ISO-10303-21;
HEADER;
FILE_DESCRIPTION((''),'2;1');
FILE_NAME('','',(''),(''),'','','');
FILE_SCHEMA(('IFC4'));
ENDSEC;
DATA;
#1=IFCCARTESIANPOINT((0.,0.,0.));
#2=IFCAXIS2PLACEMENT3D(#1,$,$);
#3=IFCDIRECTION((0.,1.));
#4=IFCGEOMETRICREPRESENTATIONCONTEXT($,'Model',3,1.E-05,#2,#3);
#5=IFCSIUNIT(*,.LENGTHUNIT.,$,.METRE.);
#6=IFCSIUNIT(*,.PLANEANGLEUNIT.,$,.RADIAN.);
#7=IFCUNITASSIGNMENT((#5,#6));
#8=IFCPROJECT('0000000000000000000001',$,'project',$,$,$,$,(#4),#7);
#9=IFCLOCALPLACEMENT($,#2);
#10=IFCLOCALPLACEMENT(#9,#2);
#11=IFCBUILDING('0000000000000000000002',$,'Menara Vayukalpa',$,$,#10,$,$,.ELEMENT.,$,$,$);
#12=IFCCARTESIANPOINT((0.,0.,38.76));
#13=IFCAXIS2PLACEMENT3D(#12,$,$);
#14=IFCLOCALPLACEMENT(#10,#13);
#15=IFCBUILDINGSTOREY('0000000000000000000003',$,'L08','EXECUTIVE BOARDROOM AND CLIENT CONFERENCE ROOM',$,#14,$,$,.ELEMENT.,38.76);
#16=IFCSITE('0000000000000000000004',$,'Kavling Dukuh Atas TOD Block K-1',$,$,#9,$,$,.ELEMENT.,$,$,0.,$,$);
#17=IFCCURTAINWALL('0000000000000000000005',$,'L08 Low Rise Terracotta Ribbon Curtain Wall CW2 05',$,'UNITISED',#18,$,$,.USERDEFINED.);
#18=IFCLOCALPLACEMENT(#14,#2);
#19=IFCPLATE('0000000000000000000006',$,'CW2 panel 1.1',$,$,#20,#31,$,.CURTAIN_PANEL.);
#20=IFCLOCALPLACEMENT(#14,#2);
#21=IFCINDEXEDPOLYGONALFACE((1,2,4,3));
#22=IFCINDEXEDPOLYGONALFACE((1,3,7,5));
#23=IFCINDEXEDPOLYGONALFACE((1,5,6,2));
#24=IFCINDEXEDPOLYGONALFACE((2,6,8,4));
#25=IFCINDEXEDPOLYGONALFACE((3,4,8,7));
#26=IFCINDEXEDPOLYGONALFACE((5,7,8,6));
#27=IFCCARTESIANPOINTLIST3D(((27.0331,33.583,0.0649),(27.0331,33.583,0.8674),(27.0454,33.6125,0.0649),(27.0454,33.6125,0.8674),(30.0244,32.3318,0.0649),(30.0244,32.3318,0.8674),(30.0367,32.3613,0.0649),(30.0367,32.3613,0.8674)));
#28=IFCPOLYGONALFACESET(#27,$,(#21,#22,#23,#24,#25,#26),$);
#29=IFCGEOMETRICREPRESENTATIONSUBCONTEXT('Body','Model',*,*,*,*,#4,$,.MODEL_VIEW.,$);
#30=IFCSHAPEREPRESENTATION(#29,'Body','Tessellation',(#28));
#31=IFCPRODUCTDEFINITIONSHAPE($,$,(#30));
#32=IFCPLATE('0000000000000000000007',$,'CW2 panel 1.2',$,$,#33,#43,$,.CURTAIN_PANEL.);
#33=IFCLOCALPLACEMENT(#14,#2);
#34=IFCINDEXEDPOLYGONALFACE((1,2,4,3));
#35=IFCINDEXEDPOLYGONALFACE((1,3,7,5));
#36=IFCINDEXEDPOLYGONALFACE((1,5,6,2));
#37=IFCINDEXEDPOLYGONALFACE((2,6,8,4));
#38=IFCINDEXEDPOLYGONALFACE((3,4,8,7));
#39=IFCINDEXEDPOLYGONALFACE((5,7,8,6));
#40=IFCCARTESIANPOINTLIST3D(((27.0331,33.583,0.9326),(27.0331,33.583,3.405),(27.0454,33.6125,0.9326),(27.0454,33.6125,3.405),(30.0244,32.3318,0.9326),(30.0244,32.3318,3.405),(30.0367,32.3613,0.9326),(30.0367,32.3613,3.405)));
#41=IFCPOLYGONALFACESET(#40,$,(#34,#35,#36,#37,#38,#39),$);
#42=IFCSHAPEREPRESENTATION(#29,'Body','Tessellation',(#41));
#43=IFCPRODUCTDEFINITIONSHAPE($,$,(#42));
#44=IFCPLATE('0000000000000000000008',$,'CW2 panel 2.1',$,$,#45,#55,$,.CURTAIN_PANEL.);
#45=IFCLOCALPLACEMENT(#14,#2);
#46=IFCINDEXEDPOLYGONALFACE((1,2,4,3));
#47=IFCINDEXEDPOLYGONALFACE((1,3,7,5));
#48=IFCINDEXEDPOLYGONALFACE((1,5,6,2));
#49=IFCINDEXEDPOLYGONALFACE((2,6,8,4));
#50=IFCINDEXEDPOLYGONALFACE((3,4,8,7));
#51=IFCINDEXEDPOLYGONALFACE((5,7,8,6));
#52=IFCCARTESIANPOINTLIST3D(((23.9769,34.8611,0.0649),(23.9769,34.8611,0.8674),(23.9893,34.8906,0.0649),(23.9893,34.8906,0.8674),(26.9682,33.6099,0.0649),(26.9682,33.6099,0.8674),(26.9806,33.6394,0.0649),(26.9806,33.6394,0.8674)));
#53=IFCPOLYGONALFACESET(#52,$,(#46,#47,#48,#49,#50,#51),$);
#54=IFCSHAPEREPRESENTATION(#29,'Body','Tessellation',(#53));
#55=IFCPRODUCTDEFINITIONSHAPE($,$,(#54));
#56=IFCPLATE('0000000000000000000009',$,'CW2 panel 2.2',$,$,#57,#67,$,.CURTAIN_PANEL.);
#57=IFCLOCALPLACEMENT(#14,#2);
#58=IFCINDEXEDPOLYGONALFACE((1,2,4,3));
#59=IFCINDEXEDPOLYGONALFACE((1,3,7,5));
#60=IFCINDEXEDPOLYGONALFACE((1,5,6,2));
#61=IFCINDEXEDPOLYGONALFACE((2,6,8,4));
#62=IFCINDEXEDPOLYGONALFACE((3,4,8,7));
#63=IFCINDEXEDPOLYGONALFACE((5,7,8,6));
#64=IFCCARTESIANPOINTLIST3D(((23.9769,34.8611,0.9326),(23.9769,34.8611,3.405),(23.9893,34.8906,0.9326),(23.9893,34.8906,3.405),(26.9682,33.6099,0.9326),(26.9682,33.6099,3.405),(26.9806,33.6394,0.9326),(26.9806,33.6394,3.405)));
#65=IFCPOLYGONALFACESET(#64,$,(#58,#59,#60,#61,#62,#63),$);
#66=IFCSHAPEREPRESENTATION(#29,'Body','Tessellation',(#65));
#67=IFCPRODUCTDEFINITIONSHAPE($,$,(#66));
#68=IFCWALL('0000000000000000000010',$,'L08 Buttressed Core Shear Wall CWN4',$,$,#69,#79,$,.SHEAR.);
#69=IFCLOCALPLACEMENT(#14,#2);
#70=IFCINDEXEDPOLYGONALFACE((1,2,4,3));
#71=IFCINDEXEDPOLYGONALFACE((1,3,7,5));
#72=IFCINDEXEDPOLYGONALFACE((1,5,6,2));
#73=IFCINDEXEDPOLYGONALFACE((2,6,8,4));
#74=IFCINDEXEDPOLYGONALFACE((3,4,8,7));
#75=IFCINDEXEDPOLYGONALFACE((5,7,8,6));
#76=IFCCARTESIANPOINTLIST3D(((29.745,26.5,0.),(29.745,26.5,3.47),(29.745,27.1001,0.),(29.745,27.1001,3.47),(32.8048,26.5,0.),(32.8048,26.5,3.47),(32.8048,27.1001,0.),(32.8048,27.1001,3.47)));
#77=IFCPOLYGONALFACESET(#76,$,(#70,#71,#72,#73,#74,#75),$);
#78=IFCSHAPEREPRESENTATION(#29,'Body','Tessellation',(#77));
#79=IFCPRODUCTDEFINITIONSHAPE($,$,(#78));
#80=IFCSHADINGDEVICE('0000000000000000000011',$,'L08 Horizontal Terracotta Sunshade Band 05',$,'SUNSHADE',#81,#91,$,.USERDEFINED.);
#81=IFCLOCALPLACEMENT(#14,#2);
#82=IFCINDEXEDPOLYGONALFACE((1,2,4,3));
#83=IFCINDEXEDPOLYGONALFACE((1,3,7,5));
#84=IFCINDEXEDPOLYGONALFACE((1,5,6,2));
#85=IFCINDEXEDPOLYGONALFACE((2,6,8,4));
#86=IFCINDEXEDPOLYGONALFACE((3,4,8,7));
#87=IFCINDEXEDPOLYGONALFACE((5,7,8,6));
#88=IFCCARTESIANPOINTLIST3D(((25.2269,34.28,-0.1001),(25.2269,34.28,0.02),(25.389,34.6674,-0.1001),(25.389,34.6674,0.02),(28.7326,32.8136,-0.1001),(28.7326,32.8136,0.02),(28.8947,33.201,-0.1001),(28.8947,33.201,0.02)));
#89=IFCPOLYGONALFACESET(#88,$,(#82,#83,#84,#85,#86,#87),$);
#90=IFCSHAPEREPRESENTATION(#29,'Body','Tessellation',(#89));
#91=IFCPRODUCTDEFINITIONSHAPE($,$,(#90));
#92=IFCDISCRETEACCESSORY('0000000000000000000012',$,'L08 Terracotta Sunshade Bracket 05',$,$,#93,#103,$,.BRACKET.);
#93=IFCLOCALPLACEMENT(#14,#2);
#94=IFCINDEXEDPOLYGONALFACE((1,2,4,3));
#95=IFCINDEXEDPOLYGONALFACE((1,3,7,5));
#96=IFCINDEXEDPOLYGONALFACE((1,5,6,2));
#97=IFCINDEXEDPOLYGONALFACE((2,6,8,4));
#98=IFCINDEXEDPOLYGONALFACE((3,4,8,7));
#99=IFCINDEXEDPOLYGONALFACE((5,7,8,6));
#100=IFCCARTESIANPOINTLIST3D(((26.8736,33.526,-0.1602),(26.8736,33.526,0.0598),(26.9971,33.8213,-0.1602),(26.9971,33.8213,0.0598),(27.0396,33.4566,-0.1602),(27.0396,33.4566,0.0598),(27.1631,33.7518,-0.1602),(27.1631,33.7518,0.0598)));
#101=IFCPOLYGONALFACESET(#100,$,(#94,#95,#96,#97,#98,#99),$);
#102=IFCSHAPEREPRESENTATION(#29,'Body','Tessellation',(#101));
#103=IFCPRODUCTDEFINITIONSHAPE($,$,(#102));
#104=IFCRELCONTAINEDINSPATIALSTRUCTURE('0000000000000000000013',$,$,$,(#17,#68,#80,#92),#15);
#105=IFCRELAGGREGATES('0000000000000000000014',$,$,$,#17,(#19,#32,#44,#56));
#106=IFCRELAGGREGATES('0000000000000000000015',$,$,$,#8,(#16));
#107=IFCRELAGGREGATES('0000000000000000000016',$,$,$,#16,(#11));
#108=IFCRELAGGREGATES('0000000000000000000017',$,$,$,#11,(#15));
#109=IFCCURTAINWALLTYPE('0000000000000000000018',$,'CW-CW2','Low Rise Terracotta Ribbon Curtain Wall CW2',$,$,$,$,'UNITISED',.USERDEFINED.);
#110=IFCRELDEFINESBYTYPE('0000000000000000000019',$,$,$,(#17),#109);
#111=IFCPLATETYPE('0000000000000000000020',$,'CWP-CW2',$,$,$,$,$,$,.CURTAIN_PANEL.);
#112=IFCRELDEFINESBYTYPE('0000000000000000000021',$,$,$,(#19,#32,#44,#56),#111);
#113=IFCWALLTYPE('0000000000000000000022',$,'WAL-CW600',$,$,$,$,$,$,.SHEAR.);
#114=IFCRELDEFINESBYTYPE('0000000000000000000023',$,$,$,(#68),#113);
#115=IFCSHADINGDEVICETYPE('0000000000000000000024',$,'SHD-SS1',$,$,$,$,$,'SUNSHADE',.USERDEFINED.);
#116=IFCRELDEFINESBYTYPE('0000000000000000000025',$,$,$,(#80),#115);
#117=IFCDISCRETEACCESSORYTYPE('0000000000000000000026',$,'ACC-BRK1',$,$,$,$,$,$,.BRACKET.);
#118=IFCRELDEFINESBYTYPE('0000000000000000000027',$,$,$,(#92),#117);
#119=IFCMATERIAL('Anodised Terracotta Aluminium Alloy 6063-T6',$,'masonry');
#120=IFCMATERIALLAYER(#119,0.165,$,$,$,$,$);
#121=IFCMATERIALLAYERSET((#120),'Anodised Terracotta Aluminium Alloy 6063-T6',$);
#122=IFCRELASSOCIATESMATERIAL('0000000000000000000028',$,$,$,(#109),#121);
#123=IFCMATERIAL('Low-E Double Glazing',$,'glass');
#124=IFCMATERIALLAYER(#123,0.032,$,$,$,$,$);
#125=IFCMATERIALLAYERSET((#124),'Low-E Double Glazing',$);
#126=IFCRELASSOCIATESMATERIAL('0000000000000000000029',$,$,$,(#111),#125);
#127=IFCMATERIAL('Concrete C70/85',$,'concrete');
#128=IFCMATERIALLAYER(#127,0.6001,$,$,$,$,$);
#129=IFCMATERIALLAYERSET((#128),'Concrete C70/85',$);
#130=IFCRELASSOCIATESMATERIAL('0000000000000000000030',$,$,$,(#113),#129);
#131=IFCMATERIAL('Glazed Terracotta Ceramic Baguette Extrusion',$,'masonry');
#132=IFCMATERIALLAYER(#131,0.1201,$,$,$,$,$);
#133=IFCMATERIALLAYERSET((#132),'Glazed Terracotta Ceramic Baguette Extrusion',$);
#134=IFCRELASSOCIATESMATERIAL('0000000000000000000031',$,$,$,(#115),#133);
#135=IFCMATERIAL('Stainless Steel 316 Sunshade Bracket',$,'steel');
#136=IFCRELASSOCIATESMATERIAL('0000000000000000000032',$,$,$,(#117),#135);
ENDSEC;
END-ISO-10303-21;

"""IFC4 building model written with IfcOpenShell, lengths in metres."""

from ifc_helpers import new_model, si_unit, direction, frame, frame_2d, origin, origin_2d, place, context, subcontext, project, spatial, rectangle, extrude, material, layer, layer_set, type_object, element, aggregate, save


model = new_model("IFC4")

# Units and contexts
model_context = context("Model", 3, precision=1e-05, world=origin(), true_north=direction((0.0, 1.0)))
body_context = subcontext(model_context, "Body", "Model", "MODEL_VIEW")
ifc_project = project(units=[si_unit("LENGTHUNIT", "METRE"), si_unit("PLANEANGLEUNIT", "RADIAN")], contexts=[model_context])

# Site, building, storey
site_placement = place(None, origin())
site = spatial("IfcSite", under=ifc_project, at=site_placement, Name="Kavling Dukuh Atas TOD Block K-1", CompositionType="ELEMENT", RefElevation=0.0)
building_placement = place(site_placement, origin())
building = spatial("IfcBuilding", under=site, at=building_placement, Name="Menara Vayukalpa", CompositionType="ELEMENT")
storey_placement = place(building_placement, frame((0.0, 0.0, 38.76)))
storey = spatial("IfcBuildingStorey", under=building, at=storey_placement, Name="L08", Description="EXECUTIVE BOARDROOM AND CLIENT CONFERENCE ROOM", CompositionType="ELEMENT", Elevation=38.76)

# Shared definitions
ifc_material_1 = material(Name="Anodised Terracotta Aluminium Alloy 6063-T6", Category="masonry")
ifc_layer_1 = layer(ifc_material_1, 0.165)
ifc_layer_set_1 = layer_set([ifc_layer_1], Name="Anodised Terracotta Aluminium Alloy 6063-T6")
curtain_wall_type = type_object("IfcCurtainWallType", Name="CW-CW2", Description="Low Rise Terracotta Ribbon Curtain Wall CW2", ElementType="UNITISED", PredefinedType="USERDEFINED", material=ifc_layer_set_1)

# Curtain wall, plates
curtain_wall_1_placement = place(storey_placement, origin())
curtain_wall_1 = element("IfcCurtainWall", 1, at=curtain_wall_1_placement, inside=storey, type_object=curtain_wall_type, Name="L08 Low Rise Terracotta Ribbon Curtain Wall CW2 05", ObjectType="UNITISED", PredefinedType="USERDEFINED")
ifc_material_2 = material(Name="Low-E Double Glazing", Category="glass")
ifc_layer_2 = layer(ifc_material_2, 0.032)
ifc_layer_set_2 = layer_set([ifc_layer_2], Name="Low-E Double Glazing")
plate_type = type_object("IfcPlateType", Name="CWP-CW2", PredefinedType="CURTAIN_PANEL", material=ifc_layer_set_2)
plate_1_placement = place(storey_placement, frame((28.5349, 32.9722, 0.0649), z_axis=(0.0, 0.0, 1.0), x_axis=(-0.922543, 0.385895, 0.0)))
plate_1 = element("IfcPlate", 2, at=plate_1_placement, type_object=plate_type, Name="CW2 panel 1.1", PredefinedType="CURTAIN_PANEL", context=body_context, shape_type="SweptSolid", body=[
    extrude(rectangle(XDim=3.2424, YDim=0.032, at=origin_2d()), origin(), (0.0, 0.0, 1.0), 0.8025),
])
plate_2_placement = place(storey_placement, frame((28.5349, 32.9722, 0.9326), z_axis=(0.0, 0.0, 1.0), x_axis=(-0.922543, 0.385895, 0.0)))
plate_2 = element("IfcPlate", 3, at=plate_2_placement, type_object=plate_type, Name="CW2 panel 1.2", PredefinedType="CURTAIN_PANEL", context=body_context, shape_type="SweptSolid", body=[
    extrude(rectangle(XDim=3.2424, YDim=0.032, at=origin_2d()), origin(), (0.0, 0.0, 1.0), 2.4724),
])
plate_3_placement = place(storey_placement, frame((25.4788, 34.2502, 0.0649), z_axis=(0.0, 0.0, 1.0), x_axis=(-0.922543, 0.385895, 0.0)))
plate_3 = element("IfcPlate", 4, at=plate_3_placement, type_object=plate_type, Name="CW2 panel 2.1", PredefinedType="CURTAIN_PANEL", context=body_context, shape_type="SweptSolid", body=[
    extrude(rectangle(XDim=3.2424, YDim=0.032, at=origin_2d()), origin(), (0.0, 0.0, 1.0), 0.8025),
])
plate_4_placement = place(storey_placement, frame((25.4788, 34.2502, 0.9326), z_axis=(0.0, 0.0, 1.0), x_axis=(-0.922543, 0.385895, 0.0)))
plate_4 = element("IfcPlate", 5, at=plate_4_placement, type_object=plate_type, Name="CW2 panel 2.2", PredefinedType="CURTAIN_PANEL", context=body_context, shape_type="SweptSolid", body=[
    extrude(rectangle(XDim=3.2424, YDim=0.032, at=origin_2d()), origin(), (0.0, 0.0, 1.0), 2.4724),
])
aggregate(curtain_wall_1, [plate_1, plate_2, plate_3, plate_4])

# Wall
ifc_material_3 = material(Name="Concrete C70/85", Category="concrete")
ifc_layer_3 = layer(ifc_material_3, 0.6001)
ifc_layer_set_3 = layer_set([ifc_layer_3], Name="Concrete C70/85")
wall_type = type_object("IfcWallType", Name="WAL-CW600", PredefinedType="SHEAR", material=ifc_layer_set_3)
wall_placement = place(storey_placement, frame((29.7451, 26.8, 0.0), z_axis=(0.0, 0.0, 1.0), x_axis=(1.0, 0.0, 0.0)))
element("IfcWall", 6, at=wall_placement, inside=storey, type_object=wall_type, Name="L08 Buttressed Core Shear Wall CWN4", PredefinedType="SHEAR", context=body_context, shape_type="SweptSolid", body=[
    extrude(rectangle(XDim=3.0598, YDim=0.6001, at=frame_2d((1.5298, 0.0))), origin(), (0.0, 0.0, 1.0), 3.47),
])

# Shading device
ifc_material_4 = material(Name="Glazed Terracotta Ceramic Baguette Extrusion", Category="masonry")
ifc_layer_4 = layer(ifc_material_4, 0.1201)
ifc_layer_set_4 = layer_set([ifc_layer_4], Name="Glazed Terracotta Ceramic Baguette Extrusion")
shading_device_type = type_object("IfcShadingDeviceType", Name="SHD-SS1", ElementType="SUNSHADE", PredefinedType="USERDEFINED", material=ifc_layer_set_4)
shading_device_placement = place(storey_placement, frame((27.0608, 33.7405, -0.1001), z_axis=(0.0, 0.0, 1.0), x_axis=(-0.922545, 0.38589, 0.0)))
element("IfcShadingDevice", 7, at=shading_device_placement, inside=storey, type_object=shading_device_type, Name="L08 Horizontal Terracotta Sunshade Band 05", ObjectType="SUNSHADE", PredefinedType="USERDEFINED", context=body_context, shape_type="SweptSolid", body=[
    extrude(rectangle(XDim=3.8, YDim=0.4199, at=origin_2d()), origin(), (0.0, 0.0, 1.0), 0.1201),
])

# Discrete accessory
ifc_material_5 = material(Name="Stainless Steel 316 Sunshade Bracket", Category="steel")
discrete_accessory_type = type_object("IfcDiscreteAccessoryType", Name="ACC-BRK1", PredefinedType="BRACKET", material=ifc_material_5)
discrete_accessory_placement = place(storey_placement, frame((27.0183, 33.6389, -0.1602), z_axis=(0.0, 0.0, 1.0), x_axis=(-0.922545, 0.38589, 0.0)))
element("IfcDiscreteAccessory", 8, at=discrete_accessory_placement, inside=storey, type_object=discrete_accessory_type, Name="L08 Terracotta Sunshade Bracket 05", PredefinedType="BRACKET", context=body_context, shape_type="SweptSolid", body=[
    extrude(rectangle(XDim=0.1799, YDim=0.3201, at=origin_2d()), origin(), (0.0, 0.0, 1.0), 0.22),
])

save(model, "model.ifc")
